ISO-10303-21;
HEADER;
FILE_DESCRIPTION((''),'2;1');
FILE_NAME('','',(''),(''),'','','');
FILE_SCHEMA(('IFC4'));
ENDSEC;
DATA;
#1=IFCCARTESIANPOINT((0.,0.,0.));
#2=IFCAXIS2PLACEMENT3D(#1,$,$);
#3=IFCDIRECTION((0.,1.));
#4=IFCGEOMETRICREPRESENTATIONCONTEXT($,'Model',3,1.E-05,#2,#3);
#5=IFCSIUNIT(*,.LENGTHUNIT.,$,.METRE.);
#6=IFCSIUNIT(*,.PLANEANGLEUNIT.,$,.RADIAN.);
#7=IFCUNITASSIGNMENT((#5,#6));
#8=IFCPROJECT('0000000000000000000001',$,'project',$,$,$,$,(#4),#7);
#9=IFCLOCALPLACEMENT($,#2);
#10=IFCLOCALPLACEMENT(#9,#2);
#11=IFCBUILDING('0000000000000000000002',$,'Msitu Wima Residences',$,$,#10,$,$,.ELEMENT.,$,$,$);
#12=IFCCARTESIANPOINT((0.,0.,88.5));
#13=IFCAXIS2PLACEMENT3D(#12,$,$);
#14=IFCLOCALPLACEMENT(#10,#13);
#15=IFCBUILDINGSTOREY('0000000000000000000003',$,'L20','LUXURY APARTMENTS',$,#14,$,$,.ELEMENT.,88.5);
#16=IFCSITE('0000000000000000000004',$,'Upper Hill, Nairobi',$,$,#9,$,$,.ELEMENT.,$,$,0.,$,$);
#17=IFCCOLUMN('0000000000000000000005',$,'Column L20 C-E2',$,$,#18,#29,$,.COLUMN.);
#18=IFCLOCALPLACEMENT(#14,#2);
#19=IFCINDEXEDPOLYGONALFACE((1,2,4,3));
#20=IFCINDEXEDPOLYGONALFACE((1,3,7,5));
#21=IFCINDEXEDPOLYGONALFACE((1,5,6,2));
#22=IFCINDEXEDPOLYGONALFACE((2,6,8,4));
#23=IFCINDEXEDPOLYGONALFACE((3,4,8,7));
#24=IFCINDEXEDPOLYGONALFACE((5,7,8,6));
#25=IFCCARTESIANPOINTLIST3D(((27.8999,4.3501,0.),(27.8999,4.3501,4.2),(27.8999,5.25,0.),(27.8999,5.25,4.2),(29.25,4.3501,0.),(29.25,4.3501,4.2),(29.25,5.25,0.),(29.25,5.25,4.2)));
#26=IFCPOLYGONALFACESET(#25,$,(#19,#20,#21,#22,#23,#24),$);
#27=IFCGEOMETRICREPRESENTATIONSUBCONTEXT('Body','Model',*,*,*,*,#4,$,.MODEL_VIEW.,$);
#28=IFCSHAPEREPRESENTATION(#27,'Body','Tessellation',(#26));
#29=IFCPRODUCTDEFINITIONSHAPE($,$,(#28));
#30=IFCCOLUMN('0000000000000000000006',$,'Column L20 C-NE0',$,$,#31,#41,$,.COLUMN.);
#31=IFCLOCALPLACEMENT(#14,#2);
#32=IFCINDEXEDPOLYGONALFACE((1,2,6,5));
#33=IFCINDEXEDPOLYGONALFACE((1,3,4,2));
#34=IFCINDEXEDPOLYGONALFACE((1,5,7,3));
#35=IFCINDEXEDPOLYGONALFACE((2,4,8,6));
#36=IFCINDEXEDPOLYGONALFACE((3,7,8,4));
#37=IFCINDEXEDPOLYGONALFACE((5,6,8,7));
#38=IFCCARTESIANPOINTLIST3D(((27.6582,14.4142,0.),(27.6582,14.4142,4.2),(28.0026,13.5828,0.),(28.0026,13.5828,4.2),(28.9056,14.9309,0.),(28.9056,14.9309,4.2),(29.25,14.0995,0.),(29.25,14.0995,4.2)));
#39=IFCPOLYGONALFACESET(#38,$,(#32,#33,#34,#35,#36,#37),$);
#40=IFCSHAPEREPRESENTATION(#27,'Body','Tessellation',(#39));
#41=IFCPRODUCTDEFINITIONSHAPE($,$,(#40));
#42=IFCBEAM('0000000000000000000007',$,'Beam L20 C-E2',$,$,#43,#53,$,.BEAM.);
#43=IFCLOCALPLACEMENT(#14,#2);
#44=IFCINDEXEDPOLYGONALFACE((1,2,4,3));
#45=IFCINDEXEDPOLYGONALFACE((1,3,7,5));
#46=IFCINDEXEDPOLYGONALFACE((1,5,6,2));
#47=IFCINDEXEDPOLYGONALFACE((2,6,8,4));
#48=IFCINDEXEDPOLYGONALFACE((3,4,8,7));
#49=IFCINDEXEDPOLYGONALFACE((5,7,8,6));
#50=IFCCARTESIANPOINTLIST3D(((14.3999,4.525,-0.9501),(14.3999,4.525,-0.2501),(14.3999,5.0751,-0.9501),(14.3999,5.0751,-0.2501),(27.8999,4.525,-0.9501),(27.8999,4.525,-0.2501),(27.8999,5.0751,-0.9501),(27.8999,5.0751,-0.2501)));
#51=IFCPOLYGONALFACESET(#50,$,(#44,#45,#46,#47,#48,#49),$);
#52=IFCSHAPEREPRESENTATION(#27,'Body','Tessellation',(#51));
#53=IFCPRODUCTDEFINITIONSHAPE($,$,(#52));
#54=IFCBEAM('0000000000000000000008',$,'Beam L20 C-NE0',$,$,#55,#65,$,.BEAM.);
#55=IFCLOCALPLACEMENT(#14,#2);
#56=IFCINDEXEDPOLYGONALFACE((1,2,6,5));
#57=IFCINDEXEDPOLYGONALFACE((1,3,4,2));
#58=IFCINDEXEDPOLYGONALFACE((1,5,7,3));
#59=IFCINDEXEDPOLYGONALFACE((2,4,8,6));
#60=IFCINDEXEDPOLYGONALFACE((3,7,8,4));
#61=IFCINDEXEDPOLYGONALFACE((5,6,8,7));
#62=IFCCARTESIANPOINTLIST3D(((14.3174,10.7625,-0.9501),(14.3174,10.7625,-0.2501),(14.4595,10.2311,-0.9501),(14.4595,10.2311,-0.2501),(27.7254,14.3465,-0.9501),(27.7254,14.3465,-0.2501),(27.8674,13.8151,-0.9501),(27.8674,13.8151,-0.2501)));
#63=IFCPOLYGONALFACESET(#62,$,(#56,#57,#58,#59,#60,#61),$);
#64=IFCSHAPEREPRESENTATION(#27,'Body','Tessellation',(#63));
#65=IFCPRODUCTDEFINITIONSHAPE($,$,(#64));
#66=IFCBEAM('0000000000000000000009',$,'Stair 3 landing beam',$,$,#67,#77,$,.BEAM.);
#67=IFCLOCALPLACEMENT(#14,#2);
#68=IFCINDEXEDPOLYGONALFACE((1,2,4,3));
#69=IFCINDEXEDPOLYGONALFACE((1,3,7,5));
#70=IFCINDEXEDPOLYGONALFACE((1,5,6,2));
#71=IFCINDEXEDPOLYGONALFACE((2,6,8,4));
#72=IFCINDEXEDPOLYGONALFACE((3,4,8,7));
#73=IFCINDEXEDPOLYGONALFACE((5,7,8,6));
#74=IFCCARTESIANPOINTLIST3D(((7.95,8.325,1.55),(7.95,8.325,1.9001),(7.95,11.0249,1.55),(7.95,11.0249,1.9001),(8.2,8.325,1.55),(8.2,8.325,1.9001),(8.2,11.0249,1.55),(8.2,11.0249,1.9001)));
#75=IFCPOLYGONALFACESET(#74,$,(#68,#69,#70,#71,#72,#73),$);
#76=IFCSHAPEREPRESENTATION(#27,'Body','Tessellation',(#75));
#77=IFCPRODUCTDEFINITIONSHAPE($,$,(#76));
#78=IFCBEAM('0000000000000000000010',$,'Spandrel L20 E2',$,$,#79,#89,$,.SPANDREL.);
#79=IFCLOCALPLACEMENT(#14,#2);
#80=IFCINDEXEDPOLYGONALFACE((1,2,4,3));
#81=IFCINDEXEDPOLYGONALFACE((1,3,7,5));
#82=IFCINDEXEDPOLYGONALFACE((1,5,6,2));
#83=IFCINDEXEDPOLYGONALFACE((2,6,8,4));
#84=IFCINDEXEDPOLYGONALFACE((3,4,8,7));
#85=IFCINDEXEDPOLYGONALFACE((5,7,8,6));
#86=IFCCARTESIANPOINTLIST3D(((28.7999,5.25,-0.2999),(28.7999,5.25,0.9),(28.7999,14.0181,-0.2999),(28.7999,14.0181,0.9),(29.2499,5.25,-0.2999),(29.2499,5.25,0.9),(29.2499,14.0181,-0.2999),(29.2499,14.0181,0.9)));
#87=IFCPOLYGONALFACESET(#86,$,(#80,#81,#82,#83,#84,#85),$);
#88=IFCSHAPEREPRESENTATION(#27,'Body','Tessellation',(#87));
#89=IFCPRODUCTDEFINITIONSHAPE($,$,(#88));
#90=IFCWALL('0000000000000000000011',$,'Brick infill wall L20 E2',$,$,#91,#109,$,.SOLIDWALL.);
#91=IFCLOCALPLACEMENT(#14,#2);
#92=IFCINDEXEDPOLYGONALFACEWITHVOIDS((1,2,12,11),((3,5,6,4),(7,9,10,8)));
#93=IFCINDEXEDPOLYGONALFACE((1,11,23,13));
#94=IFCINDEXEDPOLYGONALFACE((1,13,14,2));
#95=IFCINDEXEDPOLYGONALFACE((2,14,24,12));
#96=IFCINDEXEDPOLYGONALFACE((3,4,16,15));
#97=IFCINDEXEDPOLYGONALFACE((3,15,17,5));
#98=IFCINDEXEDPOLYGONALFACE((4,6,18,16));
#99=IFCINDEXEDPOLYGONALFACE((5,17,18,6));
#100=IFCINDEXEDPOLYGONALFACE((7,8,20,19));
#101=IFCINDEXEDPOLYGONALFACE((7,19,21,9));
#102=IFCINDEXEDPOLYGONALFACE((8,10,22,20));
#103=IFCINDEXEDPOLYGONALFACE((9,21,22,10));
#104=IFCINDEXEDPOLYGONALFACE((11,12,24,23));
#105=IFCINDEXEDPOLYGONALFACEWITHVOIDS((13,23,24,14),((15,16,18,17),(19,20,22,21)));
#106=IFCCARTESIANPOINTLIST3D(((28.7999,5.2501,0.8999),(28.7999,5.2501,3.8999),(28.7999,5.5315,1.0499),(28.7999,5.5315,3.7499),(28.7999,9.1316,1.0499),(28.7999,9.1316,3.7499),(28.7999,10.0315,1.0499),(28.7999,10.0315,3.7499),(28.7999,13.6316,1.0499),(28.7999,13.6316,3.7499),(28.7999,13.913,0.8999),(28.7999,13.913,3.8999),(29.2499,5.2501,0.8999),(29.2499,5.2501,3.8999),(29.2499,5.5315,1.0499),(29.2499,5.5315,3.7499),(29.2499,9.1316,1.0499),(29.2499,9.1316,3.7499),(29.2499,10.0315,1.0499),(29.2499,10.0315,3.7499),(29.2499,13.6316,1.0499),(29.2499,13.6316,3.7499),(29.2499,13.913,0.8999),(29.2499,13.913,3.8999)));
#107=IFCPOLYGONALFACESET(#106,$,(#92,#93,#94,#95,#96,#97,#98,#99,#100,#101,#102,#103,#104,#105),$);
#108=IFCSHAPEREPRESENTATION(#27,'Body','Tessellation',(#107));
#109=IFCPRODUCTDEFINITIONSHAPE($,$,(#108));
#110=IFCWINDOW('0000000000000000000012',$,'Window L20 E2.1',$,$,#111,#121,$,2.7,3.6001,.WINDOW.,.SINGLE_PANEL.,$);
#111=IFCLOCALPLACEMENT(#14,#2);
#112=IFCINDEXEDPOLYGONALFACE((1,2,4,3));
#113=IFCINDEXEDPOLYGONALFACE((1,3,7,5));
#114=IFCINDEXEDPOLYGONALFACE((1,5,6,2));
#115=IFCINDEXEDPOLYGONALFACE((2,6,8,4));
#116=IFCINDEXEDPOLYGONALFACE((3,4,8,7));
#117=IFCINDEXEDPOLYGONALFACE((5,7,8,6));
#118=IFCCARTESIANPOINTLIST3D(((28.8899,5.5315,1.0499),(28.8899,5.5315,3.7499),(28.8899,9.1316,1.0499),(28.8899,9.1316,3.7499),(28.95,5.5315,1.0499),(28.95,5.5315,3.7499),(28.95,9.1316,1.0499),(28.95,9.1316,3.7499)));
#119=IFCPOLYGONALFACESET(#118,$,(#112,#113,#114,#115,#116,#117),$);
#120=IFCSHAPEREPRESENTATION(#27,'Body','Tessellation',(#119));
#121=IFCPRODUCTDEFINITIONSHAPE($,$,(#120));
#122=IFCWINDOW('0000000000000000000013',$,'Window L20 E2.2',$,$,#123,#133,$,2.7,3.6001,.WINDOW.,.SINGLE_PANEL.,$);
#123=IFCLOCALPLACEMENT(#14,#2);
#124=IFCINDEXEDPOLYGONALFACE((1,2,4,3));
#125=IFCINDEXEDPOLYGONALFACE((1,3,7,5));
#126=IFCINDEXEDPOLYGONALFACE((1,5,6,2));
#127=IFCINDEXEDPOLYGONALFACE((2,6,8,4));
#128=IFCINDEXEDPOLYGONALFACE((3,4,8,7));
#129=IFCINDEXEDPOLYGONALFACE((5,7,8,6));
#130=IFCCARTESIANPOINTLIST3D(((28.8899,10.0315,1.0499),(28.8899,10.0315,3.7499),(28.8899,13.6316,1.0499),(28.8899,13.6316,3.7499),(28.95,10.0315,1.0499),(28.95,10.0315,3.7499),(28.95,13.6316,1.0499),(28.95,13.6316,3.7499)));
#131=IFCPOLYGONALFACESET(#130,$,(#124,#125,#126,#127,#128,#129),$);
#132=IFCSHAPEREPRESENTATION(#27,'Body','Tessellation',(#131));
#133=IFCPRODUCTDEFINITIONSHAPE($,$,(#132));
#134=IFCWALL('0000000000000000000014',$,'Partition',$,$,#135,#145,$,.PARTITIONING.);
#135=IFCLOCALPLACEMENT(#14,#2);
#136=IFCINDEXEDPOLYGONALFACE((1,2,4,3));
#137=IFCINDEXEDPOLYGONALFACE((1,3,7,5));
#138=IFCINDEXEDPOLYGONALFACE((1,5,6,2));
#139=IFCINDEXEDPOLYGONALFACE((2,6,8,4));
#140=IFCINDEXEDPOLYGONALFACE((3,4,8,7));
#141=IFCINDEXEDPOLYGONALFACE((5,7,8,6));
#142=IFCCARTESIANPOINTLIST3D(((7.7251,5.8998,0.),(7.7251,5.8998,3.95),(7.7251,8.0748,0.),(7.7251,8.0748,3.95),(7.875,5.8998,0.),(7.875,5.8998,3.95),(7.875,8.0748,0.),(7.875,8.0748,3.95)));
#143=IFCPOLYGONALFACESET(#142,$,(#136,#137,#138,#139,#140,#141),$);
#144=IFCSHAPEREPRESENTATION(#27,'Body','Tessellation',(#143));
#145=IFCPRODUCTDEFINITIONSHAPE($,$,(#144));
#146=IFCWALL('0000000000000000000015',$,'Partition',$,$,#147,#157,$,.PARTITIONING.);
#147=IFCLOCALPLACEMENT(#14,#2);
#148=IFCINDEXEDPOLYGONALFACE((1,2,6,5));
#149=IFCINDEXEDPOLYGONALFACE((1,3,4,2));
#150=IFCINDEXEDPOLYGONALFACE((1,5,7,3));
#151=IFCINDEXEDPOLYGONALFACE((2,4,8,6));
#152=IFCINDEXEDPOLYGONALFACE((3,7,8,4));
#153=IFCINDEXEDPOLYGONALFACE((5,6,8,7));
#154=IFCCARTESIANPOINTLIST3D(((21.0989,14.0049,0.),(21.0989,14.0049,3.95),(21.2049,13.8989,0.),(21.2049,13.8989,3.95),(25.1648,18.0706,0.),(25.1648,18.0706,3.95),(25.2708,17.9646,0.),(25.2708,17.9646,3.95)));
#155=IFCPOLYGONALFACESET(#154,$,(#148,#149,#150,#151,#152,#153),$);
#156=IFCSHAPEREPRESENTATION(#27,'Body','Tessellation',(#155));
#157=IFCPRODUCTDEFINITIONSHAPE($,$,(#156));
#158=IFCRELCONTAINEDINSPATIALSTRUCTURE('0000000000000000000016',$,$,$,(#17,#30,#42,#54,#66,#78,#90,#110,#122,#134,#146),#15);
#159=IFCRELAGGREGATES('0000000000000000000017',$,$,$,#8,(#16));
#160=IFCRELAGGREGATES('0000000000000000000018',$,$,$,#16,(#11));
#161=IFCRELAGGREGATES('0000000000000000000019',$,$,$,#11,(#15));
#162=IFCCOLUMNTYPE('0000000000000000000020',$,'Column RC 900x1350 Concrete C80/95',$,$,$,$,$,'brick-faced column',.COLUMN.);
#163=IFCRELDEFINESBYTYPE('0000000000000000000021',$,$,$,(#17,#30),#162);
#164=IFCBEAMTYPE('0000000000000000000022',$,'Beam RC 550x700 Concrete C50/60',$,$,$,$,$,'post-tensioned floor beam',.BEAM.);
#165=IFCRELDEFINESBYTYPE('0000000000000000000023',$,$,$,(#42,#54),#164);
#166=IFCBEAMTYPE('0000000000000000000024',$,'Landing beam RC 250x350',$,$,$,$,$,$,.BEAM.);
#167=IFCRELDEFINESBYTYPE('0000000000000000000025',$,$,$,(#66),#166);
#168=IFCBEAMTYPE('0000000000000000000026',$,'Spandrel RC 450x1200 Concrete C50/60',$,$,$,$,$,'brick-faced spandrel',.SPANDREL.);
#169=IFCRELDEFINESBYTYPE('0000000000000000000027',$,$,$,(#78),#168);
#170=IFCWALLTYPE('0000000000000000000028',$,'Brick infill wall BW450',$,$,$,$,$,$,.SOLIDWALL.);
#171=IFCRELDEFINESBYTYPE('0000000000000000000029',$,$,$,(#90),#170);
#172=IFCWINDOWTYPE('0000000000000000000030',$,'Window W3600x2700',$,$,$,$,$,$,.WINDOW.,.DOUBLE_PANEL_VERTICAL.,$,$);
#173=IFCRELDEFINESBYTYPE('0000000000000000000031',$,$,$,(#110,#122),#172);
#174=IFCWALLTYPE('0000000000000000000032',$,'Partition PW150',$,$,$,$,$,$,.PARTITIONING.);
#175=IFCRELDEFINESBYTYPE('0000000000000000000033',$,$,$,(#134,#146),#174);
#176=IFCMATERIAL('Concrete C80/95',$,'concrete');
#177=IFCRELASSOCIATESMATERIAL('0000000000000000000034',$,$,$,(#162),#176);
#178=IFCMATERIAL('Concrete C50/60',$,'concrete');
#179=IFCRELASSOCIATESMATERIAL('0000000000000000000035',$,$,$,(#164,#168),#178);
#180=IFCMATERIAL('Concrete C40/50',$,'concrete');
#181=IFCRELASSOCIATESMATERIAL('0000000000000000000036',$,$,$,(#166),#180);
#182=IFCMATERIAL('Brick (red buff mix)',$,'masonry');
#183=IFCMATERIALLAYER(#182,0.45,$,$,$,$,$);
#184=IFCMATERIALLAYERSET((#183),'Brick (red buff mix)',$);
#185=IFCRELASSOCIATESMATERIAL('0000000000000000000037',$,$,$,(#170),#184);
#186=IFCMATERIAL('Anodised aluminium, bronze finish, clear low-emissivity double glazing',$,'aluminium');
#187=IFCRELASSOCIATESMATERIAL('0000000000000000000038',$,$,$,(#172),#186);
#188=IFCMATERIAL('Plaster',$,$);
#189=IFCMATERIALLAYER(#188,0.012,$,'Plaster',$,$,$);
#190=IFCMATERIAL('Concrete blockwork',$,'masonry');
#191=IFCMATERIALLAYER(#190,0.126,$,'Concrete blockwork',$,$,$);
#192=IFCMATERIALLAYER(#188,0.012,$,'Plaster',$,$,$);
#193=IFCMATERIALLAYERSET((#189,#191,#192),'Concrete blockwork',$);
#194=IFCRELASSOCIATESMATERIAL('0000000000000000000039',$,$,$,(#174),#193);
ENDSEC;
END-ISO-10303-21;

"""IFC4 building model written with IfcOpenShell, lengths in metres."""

from ifc_helpers import new_model, si_unit, direction, frame, frame_2d, origin, origin_2d, place, context, subcontext, project, spatial, rectangle, extrude, material, layer, layer_set, material_profile, profile_set, type_object, element, fill, save


model = new_model("IFC4")

# Units and contexts
model_context = context("Model", 3, precision=1e-05, world=origin(), true_north=direction((0.0, 1.0)))
body_context = subcontext(model_context, "Body", "Model", "MODEL_VIEW")
ifc_project = project(units=[si_unit("LENGTHUNIT", "METRE"), si_unit("PLANEANGLEUNIT", "RADIAN")], contexts=[model_context])

# Site, building, storey
site_placement = place(None, origin())
site = spatial("IfcSite", under=ifc_project, at=site_placement, Name="Upper Hill, Nairobi", CompositionType="ELEMENT", RefElevation=0.0)
building_placement = place(site_placement, origin())
building = spatial("IfcBuilding", under=site, at=building_placement, Name="Msitu Wima Residences", CompositionType="ELEMENT")
storey_placement = place(building_placement, frame((0.0, 0.0, 88.5)))
storey = spatial("IfcBuildingStorey", under=building, at=storey_placement, Name="L20", Description="LUXURY APARTMENTS", CompositionType="ELEMENT", Elevation=88.5)

# Columns
ifc_material_1 = material(Name="Concrete C80/95", Category="concrete")
ifc_material_profile_1 = material_profile(ifc_material_1, rectangle(XDim=0.8999, YDim=1.3501, at=origin_2d()), Name="RC 900x1350")
ifc_profile_set_1 = profile_set([ifc_material_profile_1], Name="Concrete C80/95")
column_type = type_object("IfcColumnType", Name="Column RC 900x1350 Concrete C80/95", ElementType="brick-faced column", PredefinedType="COLUMN", material=ifc_profile_set_1)
for number, where, z_axis, x_axis, name in (
    (1, (28.575, 4.8, 0.0), (0.0, 0.0, 1.0), (0.0, 1.0, 0.0), "Column L20 C-E2"),
    (2, (28.4541, 14.2568, 0.0), (0.0, 0.0, 1.0), (-0.382683, 0.92388, 0.0), "Column L20 C-NE0"),
):
    element("IfcColumn", number, at=place(storey_placement, frame(where, z_axis=z_axis, x_axis=x_axis)), inside=storey, type_object=column_type, Name=name, PredefinedType="COLUMN", context=body_context, shape_type="SweptSolid", body=[
        extrude(rectangle(XDim=0.8999, YDim=1.3501, at=origin_2d()), origin(), (0.0, 0.0, 1.0), 4.2),
    ])

# Beams
ifc_material_2 = material(Name="Concrete C50/60", Category="concrete")
ifc_material_profile_2 = material_profile(ifc_material_2, rectangle(XDim=0.55, YDim=0.7, at=origin_2d()), Name="RC 550x700")
ifc_profile_set_2 = profile_set([ifc_material_profile_2], Name="Concrete C50/60")
beam_type_1 = type_object("IfcBeamType", Name="Beam RC 550x700 Concrete C50/60", ElementType="post-tensioned floor beam", PredefinedType="BEAM", material=ifc_profile_set_2)
beam_1_placement = place(storey_placement, frame((27.8999, 4.8, -0.6001), z_axis=(-1.0, 0.0, 0.0), x_axis=(0.0, -1.0, 0.0)))
element("IfcBeam", 3, at=beam_1_placement, inside=storey, type_object=beam_type_1, Name="Beam L20 C-E2", PredefinedType="BEAM", context=body_context, shape_type="SweptSolid", body=[
    extrude(rectangle(XDim=0.55, YDim=0.7, at=origin_2d()), origin(), (0.0, 0.0, 1.0), 13.5),
])
beam_2_placement = place(storey_placement, frame((27.7964, 14.0808, -0.6001), z_axis=(-0.966082, -0.258236, 0.0), x_axis=(0.258236, -0.966082, 0.0)))
element("IfcBeam", 4, at=beam_2_placement, inside=storey, type_object=beam_type_1, Name="Beam L20 C-NE0", PredefinedType="BEAM", context=body_context, shape_type="SweptSolid", body=[
    extrude(rectangle(XDim=0.55, YDim=0.7, at=origin_2d()), origin(), (0.0, 0.0, 1.0), 13.8787),
])
ifc_material_3 = material(Name="Concrete C40/50", Category="concrete")
ifc_material_profile_3 = material_profile(ifc_material_3, rectangle(XDim=0.25, YDim=0.3501, at=origin_2d()), Name="RC 250x350")
ifc_profile_set_3 = profile_set([ifc_material_profile_3], Name="Concrete C40/50")
beam_type_2 = type_object("IfcBeamType", Name="Landing beam RC 250x350", PredefinedType="BEAM", material=ifc_profile_set_3)
beam_3_placement = place(storey_placement, frame((8.075, 8.325, 1.7251), z_axis=(0.0, 1.0, 0.0), x_axis=(-1.0, 0.0, 0.0)))
element("IfcBeam", 5, at=beam_3_placement, inside=storey, type_object=beam_type_2, Name="Stair 3 landing beam", PredefinedType="BEAM", context=body_context, shape_type="SweptSolid", body=[
    extrude(rectangle(XDim=0.25, YDim=0.3501, at=origin_2d()), origin(), (0.0, 0.0, 1.0), 2.7),
])
ifc_material_profile_4 = material_profile(ifc_material_2, rectangle(XDim=0.45, YDim=1.2, at=origin_2d()), Name="RC 450x1200")
ifc_profile_set_4 = profile_set([ifc_material_profile_4], Name="Concrete C50/60")
beam_type_3 = type_object("IfcBeamType", Name="Spandrel RC 450x1200 Concrete C50/60", ElementType="brick-faced spandrel", PredefinedType="SPANDREL", material=ifc_profile_set_4)
beam_4_placement = place(storey_placement, frame((29.0249, 5.25, 0.3), z_axis=(0.0, 1.0, 0.0), x_axis=(-1.0, 0.0, 0.0)))
element("IfcBeam", 6, at=beam_4_placement, inside=storey, type_object=beam_type_3, Name="Spandrel L20 E2", PredefinedType="SPANDREL", context=body_context, shape_type="SweptSolid", body=[
    extrude(rectangle(XDim=0.45, YDim=1.2, at=origin_2d()), origin(), (0.0, 0.0, 1.0), 8.7681),
])

# Wall, openings, windows
ifc_material_4 = material(Name="Brick (red buff mix)", Category="masonry")
ifc_layer_1 = layer(ifc_material_4, 0.45)
ifc_layer_set_1 = layer_set([ifc_layer_1], Name="Brick (red buff mix)")
wall_type_1 = type_object("IfcWallType", Name="Brick infill wall BW450", PredefinedType="SOLIDWALL", material=ifc_layer_set_1)
wall_1_placement = place(storey_placement, frame((29.0249, 5.25, 0.8999), z_axis=(0.0, 0.0, 1.0), x_axis=(0.0, 1.0, 0.0)))
wall_1 = element("IfcWall", 7, at=wall_1_placement, inside=storey, type_object=wall_type_1, Name="Brick infill wall L20 E2", PredefinedType="SOLIDWALL", context=body_context, shape_type="SweptSolid", body=[
    extrude(rectangle(XDim=8.6628, YDim=0.45, at=frame_2d((4.3315, 0.0))), origin(), (0.0, 0.0, 1.0), 3.0),
])
opening_1_placement = place(wall_1_placement, frame((0.2815, 0.0, 0.1499)))
opening_1 = element("IfcOpeningElement", 8, at=opening_1_placement, cuts=wall_1, PredefinedType="OPENING", context=body_context, shape_type="SweptSolid", body=[
    extrude(rectangle(XDim=3.6001, YDim=2.7, at=frame_2d((1.8, 1.3501))), frame((0.0, 0.2349, 0.0), z_axis=(0.0, -1.0, 0.0), x_axis=(1.0, 0.0, 0.0)), (0.0, 0.0, 1.0), 0.47),
])
opening_2_placement = place(wall_1_placement, frame((4.7815, 0.0, 0.1499)))
opening_2 = element("IfcOpeningElement", 9, at=opening_2_placement, cuts=wall_1, PredefinedType="OPENING", context=body_context, shape_type="SweptSolid", body=[
    extrude(rectangle(XDim=3.6001, YDim=2.7, at=frame_2d((1.8, 1.3501))), frame((0.0, 0.2349, 0.0), z_axis=(0.0, -1.0, 0.0), x_axis=(1.0, 0.0, 0.0)), (0.0, 0.0, 1.0), 0.47),
])
ifc_material_5 = material(Name="Anodised aluminium, bronze finish, clear low-emissivity double glazing", Category="aluminium")
window_type = type_object("IfcWindowType", Name="Window W3600x2700", PartitioningType="DOUBLE_PANEL_VERTICAL", PredefinedType="WINDOW", material=ifc_material_5)
window_1_placement = place(opening_1_placement, origin())
window_1 = element("IfcWindow", 10, at=window_1_placement, inside=storey, type_object=window_type, Name="Window L20 E2.1", OverallHeight=2.7, OverallWidth=3.6001, PartitioningType="SINGLE_PANEL", PredefinedType="WINDOW", context=body_context, shape_type="SweptSolid", body=[
    extrude(rectangle(XDim=3.6001, YDim=2.7, at=frame_2d((1.8, 1.3501))), frame((0.0, 0.135, 0.0), z_axis=(0.0, -1.0, 0.0), x_axis=(1.0, 0.0, 0.0)), (0.0, 0.0, 1.0), 0.0601),
])
fill(opening_1, window_1)
window_2_placement = place(opening_2_placement, origin())
window_2 = element("IfcWindow", 11, at=window_2_placement, inside=storey, type_object=window_type, Name="Window L20 E2.2", OverallHeight=2.7, OverallWidth=3.6001, PartitioningType="SINGLE_PANEL", PredefinedType="WINDOW", context=body_context, shape_type="SweptSolid", body=[
    extrude(rectangle(XDim=3.6001, YDim=2.7, at=frame_2d((1.8, 1.3501))), frame((0.0, 0.135, 0.0), z_axis=(0.0, -1.0, 0.0), x_axis=(1.0, 0.0, 0.0)), (0.0, 0.0, 1.0), 0.0601),
])
fill(opening_2, window_2)

# Walls
ifc_material_6 = material(Name="Plaster")
ifc_layer_2 = layer(ifc_material_6, 0.012, Name="Plaster")
ifc_material_7 = material(Name="Concrete blockwork", Category="masonry")
ifc_layer_3 = layer(ifc_material_7, 0.126, Name="Concrete blockwork")
ifc_layer_4 = layer(ifc_material_6, 0.012, Name="Plaster")
ifc_layer_set_2 = layer_set([ifc_layer_2, ifc_layer_3, ifc_layer_4], Name="Concrete blockwork")
wall_type_2 = type_object("IfcWallType", Name="Partition PW150", PredefinedType="PARTITIONING", material=ifc_layer_set_2)
wall_2_placement = place(storey_placement, frame((7.8, 5.8999, 0.0), z_axis=(0.0, 0.0, 1.0), x_axis=(0.0, 1.0, 0.0)))
element("IfcWall", 12, at=wall_2_placement, inside=storey, type_object=wall_type_2, Name="Partition", PredefinedType="PARTITIONING", context=body_context, shape_type="SweptSolid", body=[
    extrude(rectangle(XDim=2.175, YDim=0.1499, at=frame_2d((1.0874, 0.0))), origin(), (0.0, 0.0, 1.0), 3.95),
])
wall_3_placement = place(storey_placement, frame((21.1519, 13.9519, 0.0), z_axis=(0.0, 0.0, 1.0), x_axis=(0.707128, 0.707086, 0.0)))
element("IfcWall", 13, at=wall_3_placement, inside=storey, type_object=wall_type_2, Name="Partition", PredefinedType="PARTITIONING", context=body_context, shape_type="SweptSolid", body=[
    extrude(rectangle(XDim=5.75, YDim=0.1499, at=frame_2d((2.875, 0.0))), origin(), (0.0, 0.0, 1.0), 3.95),
])

save(model, "model.ifc")
